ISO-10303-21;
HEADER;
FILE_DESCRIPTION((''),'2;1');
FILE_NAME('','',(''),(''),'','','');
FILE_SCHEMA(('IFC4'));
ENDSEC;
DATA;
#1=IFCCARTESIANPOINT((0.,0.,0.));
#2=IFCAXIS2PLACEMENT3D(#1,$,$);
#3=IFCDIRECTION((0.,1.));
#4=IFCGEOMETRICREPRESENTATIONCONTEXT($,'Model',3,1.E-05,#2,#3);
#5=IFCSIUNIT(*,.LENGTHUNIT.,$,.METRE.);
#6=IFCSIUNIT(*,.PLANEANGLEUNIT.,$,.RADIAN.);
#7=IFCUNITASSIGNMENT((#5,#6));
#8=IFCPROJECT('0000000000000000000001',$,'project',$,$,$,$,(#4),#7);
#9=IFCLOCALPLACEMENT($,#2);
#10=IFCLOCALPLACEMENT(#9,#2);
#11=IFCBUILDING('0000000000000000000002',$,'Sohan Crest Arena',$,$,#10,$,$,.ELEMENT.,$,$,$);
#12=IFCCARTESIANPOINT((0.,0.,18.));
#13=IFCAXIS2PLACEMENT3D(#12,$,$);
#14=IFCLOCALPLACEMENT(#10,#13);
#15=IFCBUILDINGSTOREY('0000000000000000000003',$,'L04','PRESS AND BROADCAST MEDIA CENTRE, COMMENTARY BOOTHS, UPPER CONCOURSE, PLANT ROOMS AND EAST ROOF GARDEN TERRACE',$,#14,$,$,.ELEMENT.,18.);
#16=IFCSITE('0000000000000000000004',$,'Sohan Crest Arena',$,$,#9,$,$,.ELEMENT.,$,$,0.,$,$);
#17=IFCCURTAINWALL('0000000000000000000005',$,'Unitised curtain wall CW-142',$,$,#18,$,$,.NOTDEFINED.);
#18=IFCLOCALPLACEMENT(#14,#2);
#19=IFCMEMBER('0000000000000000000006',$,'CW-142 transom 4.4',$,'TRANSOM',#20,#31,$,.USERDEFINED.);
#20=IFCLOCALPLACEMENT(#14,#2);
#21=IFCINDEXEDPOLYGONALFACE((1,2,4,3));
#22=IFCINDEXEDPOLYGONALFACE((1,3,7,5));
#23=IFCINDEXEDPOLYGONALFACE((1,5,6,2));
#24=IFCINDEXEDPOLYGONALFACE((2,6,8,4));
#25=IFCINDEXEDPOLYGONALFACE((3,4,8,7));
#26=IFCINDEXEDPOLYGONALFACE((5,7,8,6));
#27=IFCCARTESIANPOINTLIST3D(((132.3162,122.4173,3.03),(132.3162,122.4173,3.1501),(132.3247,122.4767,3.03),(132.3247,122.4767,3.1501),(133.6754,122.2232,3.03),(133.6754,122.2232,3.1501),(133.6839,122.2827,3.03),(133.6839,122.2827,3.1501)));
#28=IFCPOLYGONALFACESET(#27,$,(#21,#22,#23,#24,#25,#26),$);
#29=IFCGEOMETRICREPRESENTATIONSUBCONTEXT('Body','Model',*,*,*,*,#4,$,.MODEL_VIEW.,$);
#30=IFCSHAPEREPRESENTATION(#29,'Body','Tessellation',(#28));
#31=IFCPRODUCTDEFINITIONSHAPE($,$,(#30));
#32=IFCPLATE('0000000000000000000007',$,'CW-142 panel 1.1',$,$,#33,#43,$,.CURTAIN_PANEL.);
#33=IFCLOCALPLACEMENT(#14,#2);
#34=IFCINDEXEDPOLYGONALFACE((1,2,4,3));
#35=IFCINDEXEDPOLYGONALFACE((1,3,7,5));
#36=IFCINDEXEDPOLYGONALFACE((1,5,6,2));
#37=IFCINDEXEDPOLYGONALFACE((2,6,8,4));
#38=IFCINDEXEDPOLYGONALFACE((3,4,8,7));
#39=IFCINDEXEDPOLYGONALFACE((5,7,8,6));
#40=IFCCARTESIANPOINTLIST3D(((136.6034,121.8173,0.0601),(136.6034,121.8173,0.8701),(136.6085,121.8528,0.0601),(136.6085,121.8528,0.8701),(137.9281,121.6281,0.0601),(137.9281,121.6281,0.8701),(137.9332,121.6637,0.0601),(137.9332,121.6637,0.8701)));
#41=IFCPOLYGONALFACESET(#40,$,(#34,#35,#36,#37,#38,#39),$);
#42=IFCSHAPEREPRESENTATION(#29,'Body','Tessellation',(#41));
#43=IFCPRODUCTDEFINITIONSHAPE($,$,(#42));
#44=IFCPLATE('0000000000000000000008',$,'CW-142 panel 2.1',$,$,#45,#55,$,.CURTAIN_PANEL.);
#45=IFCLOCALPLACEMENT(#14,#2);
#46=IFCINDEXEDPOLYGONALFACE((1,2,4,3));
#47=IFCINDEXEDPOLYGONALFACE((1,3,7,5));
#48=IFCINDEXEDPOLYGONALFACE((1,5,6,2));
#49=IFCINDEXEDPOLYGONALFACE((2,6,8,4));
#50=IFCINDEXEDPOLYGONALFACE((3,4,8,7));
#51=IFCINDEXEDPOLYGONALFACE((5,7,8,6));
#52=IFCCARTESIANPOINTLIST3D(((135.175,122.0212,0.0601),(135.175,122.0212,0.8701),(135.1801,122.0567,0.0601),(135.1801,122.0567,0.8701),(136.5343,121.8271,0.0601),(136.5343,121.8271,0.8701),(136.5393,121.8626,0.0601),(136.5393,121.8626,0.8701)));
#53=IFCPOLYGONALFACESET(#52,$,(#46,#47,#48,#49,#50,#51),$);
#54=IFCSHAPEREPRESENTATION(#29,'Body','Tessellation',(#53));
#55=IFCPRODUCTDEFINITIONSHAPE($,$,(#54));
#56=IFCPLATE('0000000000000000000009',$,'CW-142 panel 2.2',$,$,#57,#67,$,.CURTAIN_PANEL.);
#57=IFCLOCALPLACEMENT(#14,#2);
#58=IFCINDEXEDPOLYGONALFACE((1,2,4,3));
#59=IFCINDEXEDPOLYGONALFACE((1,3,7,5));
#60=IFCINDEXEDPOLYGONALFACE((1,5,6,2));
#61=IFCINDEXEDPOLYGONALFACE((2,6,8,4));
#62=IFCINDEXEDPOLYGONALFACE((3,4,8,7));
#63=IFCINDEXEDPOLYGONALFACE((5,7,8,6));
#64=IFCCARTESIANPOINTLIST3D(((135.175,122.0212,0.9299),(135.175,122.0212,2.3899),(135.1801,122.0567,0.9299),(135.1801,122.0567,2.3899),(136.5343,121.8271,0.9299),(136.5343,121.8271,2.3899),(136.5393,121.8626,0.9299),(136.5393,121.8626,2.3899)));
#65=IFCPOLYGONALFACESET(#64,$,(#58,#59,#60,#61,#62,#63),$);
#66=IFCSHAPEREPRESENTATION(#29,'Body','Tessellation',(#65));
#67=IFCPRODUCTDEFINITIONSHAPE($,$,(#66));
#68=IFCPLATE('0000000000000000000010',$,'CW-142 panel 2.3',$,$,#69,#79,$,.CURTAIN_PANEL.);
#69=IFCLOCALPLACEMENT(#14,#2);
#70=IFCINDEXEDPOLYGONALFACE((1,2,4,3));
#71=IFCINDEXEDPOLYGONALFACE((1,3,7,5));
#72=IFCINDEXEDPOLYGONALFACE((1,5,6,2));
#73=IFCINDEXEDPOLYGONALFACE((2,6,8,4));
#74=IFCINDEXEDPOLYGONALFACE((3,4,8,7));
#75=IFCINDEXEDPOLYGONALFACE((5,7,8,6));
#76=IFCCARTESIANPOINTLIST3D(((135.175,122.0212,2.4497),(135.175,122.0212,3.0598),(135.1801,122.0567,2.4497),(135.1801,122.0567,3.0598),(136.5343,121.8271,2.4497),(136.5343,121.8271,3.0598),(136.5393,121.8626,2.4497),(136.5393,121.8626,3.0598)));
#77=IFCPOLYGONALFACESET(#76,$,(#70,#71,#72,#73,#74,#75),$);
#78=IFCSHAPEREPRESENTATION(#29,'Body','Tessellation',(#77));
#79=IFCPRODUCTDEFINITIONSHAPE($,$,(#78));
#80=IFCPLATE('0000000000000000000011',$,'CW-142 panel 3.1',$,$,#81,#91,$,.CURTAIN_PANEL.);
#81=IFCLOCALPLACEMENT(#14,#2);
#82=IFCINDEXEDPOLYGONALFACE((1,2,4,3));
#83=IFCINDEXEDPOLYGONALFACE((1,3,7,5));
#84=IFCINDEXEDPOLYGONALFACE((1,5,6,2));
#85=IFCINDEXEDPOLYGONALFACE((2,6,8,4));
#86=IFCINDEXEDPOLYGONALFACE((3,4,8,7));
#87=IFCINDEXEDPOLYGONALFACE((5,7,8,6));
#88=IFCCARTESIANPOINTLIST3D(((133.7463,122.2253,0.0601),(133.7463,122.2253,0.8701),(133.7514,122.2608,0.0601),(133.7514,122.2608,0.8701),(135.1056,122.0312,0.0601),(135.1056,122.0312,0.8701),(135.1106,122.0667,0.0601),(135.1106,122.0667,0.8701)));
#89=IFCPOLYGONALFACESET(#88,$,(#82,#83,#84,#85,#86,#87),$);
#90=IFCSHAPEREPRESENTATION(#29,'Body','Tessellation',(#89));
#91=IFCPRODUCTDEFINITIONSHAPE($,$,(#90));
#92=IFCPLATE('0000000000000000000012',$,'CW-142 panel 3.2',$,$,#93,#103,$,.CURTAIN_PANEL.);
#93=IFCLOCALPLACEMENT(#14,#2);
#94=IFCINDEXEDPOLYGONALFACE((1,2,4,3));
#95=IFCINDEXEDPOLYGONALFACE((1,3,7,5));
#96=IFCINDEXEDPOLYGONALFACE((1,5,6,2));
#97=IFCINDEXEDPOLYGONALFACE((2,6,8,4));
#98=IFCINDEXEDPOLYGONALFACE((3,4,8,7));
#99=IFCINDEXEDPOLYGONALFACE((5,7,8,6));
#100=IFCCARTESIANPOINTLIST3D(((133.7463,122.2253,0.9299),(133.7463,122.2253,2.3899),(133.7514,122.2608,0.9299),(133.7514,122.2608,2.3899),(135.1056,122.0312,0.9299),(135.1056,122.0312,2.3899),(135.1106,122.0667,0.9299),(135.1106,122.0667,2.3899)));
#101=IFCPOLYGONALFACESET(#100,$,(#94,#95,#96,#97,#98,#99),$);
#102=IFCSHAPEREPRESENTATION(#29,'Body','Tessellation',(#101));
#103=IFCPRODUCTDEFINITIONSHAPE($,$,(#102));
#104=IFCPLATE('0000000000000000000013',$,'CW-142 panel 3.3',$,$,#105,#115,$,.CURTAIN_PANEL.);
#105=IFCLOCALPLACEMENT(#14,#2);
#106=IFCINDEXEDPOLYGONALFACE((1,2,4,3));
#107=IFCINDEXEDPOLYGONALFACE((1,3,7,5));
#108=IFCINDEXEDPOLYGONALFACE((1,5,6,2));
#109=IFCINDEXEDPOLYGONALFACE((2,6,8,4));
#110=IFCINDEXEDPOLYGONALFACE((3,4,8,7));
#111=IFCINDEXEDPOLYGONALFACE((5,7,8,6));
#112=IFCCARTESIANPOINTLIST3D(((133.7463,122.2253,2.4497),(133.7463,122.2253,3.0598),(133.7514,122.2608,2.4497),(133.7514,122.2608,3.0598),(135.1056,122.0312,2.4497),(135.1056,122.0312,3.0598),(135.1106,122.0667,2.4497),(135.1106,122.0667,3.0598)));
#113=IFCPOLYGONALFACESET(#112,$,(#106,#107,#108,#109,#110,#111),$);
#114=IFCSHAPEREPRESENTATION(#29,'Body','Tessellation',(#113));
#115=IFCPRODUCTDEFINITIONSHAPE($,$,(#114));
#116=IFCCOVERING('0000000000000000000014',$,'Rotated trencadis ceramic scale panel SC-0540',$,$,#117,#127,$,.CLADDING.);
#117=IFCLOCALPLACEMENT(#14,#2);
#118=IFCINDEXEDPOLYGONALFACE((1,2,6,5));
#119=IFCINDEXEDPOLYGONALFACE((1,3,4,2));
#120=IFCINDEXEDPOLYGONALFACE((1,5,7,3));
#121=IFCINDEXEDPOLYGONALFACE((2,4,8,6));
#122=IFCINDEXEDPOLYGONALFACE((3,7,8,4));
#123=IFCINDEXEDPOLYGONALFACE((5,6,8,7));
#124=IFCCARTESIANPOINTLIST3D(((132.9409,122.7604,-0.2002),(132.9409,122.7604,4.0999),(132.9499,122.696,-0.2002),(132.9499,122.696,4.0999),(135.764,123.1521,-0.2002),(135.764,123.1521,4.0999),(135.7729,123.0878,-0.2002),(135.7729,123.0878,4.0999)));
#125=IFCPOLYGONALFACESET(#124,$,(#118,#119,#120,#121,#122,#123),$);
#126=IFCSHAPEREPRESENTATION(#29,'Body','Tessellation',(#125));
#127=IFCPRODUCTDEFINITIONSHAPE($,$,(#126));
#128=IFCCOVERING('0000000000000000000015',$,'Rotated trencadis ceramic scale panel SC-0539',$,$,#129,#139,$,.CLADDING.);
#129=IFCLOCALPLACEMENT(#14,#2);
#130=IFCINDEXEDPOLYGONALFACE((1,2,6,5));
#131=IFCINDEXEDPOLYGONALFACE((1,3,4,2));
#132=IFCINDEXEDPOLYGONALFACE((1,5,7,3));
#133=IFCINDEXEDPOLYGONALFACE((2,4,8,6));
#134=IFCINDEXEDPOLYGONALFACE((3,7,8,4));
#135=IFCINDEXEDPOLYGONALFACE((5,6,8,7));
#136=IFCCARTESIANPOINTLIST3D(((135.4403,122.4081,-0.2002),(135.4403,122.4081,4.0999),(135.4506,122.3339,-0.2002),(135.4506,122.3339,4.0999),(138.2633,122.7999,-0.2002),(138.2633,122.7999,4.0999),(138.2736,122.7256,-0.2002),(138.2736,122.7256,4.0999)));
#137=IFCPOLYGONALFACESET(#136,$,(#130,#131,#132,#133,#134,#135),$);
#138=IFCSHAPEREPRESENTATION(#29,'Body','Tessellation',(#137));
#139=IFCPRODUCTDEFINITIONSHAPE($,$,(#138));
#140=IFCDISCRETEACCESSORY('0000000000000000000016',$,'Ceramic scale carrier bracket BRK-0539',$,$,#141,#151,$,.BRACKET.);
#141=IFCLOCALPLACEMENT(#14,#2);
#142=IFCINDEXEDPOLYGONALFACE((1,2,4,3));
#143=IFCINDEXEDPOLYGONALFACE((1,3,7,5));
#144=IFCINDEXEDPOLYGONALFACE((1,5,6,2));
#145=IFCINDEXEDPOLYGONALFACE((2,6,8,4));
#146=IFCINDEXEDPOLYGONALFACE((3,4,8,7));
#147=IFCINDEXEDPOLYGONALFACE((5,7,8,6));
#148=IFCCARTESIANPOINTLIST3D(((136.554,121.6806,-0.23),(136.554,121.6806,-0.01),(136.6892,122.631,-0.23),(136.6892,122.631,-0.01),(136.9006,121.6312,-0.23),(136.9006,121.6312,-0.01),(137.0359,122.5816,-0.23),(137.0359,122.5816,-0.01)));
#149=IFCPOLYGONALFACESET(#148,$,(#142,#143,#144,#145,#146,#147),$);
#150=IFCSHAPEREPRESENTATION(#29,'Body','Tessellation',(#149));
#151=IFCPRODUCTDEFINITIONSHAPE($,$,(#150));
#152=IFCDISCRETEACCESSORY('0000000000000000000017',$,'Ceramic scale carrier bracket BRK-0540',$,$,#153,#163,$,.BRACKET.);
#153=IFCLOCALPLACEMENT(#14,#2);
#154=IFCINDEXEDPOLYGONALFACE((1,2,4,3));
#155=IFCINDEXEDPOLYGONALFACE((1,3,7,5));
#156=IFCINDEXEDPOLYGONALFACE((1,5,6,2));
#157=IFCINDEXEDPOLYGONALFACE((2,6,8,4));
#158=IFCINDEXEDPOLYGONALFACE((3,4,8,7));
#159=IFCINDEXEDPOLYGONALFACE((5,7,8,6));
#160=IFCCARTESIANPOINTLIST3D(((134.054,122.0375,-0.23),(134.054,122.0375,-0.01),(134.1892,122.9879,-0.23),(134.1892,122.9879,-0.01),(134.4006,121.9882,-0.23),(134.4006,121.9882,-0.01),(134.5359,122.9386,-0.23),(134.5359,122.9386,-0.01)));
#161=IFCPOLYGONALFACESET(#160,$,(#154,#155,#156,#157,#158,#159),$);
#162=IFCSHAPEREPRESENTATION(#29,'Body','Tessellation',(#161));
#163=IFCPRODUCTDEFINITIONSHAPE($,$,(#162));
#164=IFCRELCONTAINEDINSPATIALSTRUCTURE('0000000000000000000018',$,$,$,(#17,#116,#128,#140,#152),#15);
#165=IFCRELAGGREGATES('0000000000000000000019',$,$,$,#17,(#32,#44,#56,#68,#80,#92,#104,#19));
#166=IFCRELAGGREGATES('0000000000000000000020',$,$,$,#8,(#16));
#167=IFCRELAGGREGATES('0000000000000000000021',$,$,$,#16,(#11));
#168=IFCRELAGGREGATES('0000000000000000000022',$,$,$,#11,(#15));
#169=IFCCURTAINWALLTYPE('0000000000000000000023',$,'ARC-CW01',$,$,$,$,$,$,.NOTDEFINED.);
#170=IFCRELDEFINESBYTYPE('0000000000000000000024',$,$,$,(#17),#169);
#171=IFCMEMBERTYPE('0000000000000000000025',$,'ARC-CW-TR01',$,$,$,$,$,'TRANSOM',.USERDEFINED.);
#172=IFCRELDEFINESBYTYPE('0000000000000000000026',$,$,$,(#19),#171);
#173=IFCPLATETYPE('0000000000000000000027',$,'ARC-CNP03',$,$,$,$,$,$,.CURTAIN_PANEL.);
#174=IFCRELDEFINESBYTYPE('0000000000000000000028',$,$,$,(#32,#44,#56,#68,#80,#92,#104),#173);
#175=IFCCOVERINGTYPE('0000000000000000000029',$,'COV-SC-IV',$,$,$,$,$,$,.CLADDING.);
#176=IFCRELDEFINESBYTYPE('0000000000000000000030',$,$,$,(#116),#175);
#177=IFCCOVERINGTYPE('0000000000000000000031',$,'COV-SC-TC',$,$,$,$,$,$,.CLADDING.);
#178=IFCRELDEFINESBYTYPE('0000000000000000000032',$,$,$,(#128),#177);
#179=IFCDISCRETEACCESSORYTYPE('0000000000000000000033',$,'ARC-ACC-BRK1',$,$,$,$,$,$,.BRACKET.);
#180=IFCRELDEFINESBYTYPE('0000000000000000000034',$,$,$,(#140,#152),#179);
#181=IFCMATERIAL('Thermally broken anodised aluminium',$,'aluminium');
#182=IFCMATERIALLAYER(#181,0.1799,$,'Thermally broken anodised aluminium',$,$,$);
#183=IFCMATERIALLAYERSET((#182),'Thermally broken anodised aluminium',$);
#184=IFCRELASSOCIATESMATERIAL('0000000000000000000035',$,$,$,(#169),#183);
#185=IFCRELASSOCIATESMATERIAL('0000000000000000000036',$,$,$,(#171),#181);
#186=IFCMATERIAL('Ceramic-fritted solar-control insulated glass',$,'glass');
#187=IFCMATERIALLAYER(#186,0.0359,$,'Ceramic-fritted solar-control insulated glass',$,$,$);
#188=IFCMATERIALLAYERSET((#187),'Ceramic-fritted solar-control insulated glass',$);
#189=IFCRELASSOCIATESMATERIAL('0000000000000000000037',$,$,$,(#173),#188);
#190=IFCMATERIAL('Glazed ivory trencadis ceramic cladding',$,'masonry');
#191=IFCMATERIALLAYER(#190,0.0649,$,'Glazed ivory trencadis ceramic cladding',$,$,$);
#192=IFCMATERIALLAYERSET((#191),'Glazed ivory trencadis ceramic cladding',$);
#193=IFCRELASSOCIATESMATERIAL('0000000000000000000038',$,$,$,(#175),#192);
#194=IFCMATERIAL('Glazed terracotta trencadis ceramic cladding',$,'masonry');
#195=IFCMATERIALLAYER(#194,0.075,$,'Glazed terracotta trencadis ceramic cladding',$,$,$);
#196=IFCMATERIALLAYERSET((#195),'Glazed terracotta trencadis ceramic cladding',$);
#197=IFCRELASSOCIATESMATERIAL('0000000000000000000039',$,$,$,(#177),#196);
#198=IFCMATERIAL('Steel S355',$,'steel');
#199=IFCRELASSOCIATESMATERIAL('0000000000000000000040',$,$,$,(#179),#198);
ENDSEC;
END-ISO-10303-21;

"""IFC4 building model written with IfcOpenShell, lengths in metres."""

from ifc_helpers import new_model, si_unit, direction, frame, origin, origin_2d, place, context, subcontext, project, spatial, rectangle, extrude, material, layer, layer_set, material_profile, profile_set, type_object, element, aggregate, save


model = new_model("IFC4")

# Units and contexts
model_context = context("Model", 3, precision=1e-05, world=origin(), true_north=direction((0.0, 1.0)))
body_context = subcontext(model_context, "Body", "Model", "MODEL_VIEW")
ifc_project = project(units=[si_unit("LENGTHUNIT", "METRE"), si_unit("PLANEANGLEUNIT", "RADIAN")], contexts=[model_context])

# Site, building, storey
site_placement = place(None, origin())
site = spatial("IfcSite", under=ifc_project, at=site_placement, Name="Sohan Crest Arena", CompositionType="ELEMENT", RefElevation=0.0)
building_placement = place(site_placement, origin())
building = spatial("IfcBuilding", under=site, at=building_placement, Name="Sohan Crest Arena", CompositionType="ELEMENT")
storey_placement = place(building_placement, frame((0.0, 0.0, 18.0)))
storey = spatial("IfcBuildingStorey", under=building, at=storey_placement, Name="L04", Description="PRESS AND BROADCAST MEDIA CENTRE, COMMENTARY BOOTHS, UPPER CONCOURSE, PLANT ROOMS AND EAST ROOF GARDEN TERRACE", CompositionType="ELEMENT", Elevation=18.0)

# Curtain wall, member, plates
ifc_material_1 = material(Name="Thermally broken anodised aluminium", Category="aluminium")
ifc_layer_1 = layer(ifc_material_1, 0.1799, Name="Thermally broken anodised aluminium")
ifc_layer_set_1 = layer_set([ifc_layer_1], Name="Thermally broken anodised aluminium")
curtain_wall_type = type_object("IfcCurtainWallType", Name="ARC-CW01", PredefinedType="NOTDEFINED", material=ifc_layer_set_1)
curtain_wall_placement = place(storey_placement, origin())
curtain_wall = element("IfcCurtainWall", 1, at=curtain_wall_placement, inside=storey, type_object=curtain_wall_type, Name="Unitised curtain wall CW-142", PredefinedType="NOTDEFINED")
ifc_material_profile_1 = material_profile(ifc_material_1, rectangle(XDim=0.0601, YDim=0.1201, at=origin_2d()), Name="ALU-TRAN 60x120")
ifc_profile_set_1 = profile_set([ifc_material_profile_1], Name="Thermally broken anodised aluminium")
member_type_1 = type_object("IfcMemberType", Name="ARC-CW-TR01", ElementType="TRANSOM", PredefinedType="USERDEFINED", material=ifc_profile_set_1)
member_1_placement = place(storey_placement, frame((133.6797, 122.2529, 3.0901), z_axis=(-0.98996, 0.141347, 0.0), x_axis=(-0.141347, -0.98996, 0.0)))
member_1 = element("IfcMember", 2, at=member_1_placement, type_object=member_type_1, Name="CW-142 transom 4.4", ObjectType="TRANSOM", PredefinedType="USERDEFINED", context=body_context, shape_type="SweptSolid", body=[
    extrude(rectangle(XDim=0.0601, YDim=0.1201, at=origin_2d()), origin(), (0.0, 0.0, 1.0), 1.373),
])
ifc_material_2 = material(Name="Ceramic-fritted solar-control insulated glass", Category="glass")
ifc_layer_2 = layer(ifc_material_2, 0.0359, Name="Ceramic-fritted solar-control insulated glass")
ifc_layer_set_2 = layer_set([ifc_layer_2], Name="Ceramic-fritted solar-control insulated glass")
plate_type = type_object("IfcPlateType", Name="ARC-CNP03", PredefinedType="CURTAIN_PANEL", material=ifc_layer_set_2)
plate_1_placement = place(storey_placement, frame((137.2683, 121.7405, 0.0601), z_axis=(0.0, 0.0, 1.0), x_axis=(-0.989957, 0.141366, 0.0)))
plate_1 = element("IfcPlate", 3, at=plate_1_placement, type_object=plate_type, Name="CW-142 panel 1.1", PredefinedType="CURTAIN_PANEL", context=body_context, shape_type="SweptSolid", body=[
    extrude(rectangle(XDim=1.3381, YDim=0.0359, at=origin_2d()), origin(), (0.0, 0.0, 1.0), 0.8101),
])
plate_2_placement = place(storey_placement, frame((135.8572, 121.9419, 0.0601), z_axis=(0.0, 0.0, 1.0), x_axis=(-0.989957, 0.141366, 0.0)))
plate_2 = element("IfcPlate", 4, at=plate_2_placement, type_object=plate_type, Name="CW-142 panel 2.1", PredefinedType="CURTAIN_PANEL", context=body_context, shape_type="SweptSolid", body=[
    extrude(rectangle(XDim=1.373, YDim=0.0359, at=origin_2d()), origin(), (0.0, 0.0, 1.0), 0.8101),
])
plate_3_placement = place(storey_placement, frame((135.8572, 121.9419, 0.9299), z_axis=(0.0, 0.0, 1.0), x_axis=(-0.989957, 0.141366, 0.0)))
plate_3 = element("IfcPlate", 5, at=plate_3_placement, type_object=plate_type, Name="CW-142 panel 2.2", PredefinedType="CURTAIN_PANEL", context=body_context, shape_type="SweptSolid", body=[
    extrude(rectangle(XDim=1.373, YDim=0.0359, at=origin_2d()), origin(), (0.0, 0.0, 1.0), 1.46),
])
plate_4_placement = place(storey_placement, frame((135.8572, 121.9419, 2.4497), z_axis=(0.0, 0.0, 1.0), x_axis=(-0.989957, 0.141366, 0.0)))
plate_4 = element("IfcPlate", 6, at=plate_4_placement, type_object=plate_type, Name="CW-142 panel 2.3", PredefinedType="CURTAIN_PANEL", context=body_context, shape_type="SweptSolid", body=[
    extrude(rectangle(XDim=1.373, YDim=0.0359, at=origin_2d()), origin(), (0.0, 0.0, 1.0), 0.6101),
])
plate_5_placement = place(storey_placement, frame((134.4285, 122.146, 0.0601), z_axis=(0.0, 0.0, 1.0), x_axis=(-0.989957, 0.141366, 0.0)))
plate_5 = element("IfcPlate", 7, at=plate_5_placement, type_object=plate_type, Name="CW-142 panel 3.1", PredefinedType="CURTAIN_PANEL", context=body_context, shape_type="SweptSolid", body=[
    extrude(rectangle(XDim=1.373, YDim=0.0359, at=origin_2d()), origin(), (0.0, 0.0, 1.0), 0.8101),
])
plate_6_placement = place(storey_placement, frame((134.4285, 122.146, 0.9299), z_axis=(0.0, 0.0, 1.0), x_axis=(-0.989957, 0.141366, 0.0)))
plate_6 = element("IfcPlate", 8, at=plate_6_placement, type_object=plate_type, Name="CW-142 panel 3.2", PredefinedType="CURTAIN_PANEL", context=body_context, shape_type="SweptSolid", body=[
    extrude(rectangle(XDim=1.373, YDim=0.0359, at=origin_2d()), origin(), (0.0, 0.0, 1.0), 1.46),
])
plate_7_placement = place(storey_placement, frame((134.4285, 122.146, 2.4497), z_axis=(0.0, 0.0, 1.0), x_axis=(-0.989957, 0.141366, 0.0)))
plate_7 = element("IfcPlate", 9, at=plate_7_placement, type_object=plate_type, Name="CW-142 panel 3.3", PredefinedType="CURTAIN_PANEL", context=body_context, shape_type="SweptSolid", body=[
    extrude(rectangle(XDim=1.373, YDim=0.0359, at=origin_2d()), origin(), (0.0, 0.0, 1.0), 0.6101),
])
aggregate(curtain_wall, [plate_1, plate_2, plate_3, plate_4, plate_5, plate_6, plate_7, member_1])

# Coverings
ifc_material_3 = material(Name="Glazed ivory trencadis ceramic cladding", Category="masonry")
ifc_layer_3 = layer(ifc_material_3, 0.0649, Name="Glazed ivory trencadis ceramic cladding")
ifc_layer_set_3 = layer_set([ifc_layer_3], Name="Glazed ivory trencadis ceramic cladding")
covering_type_1 = type_object("IfcCoveringType", Name="COV-SC-IV", PredefinedType="CLADDING", material=ifc_layer_set_3)
covering_1_placement = place(storey_placement, frame((134.3569, 122.9241, -0.2002), z_axis=(0.0, 0.0, 1.0), x_axis=(-0.990509, -0.137445, 0.0)))
element("IfcCovering", 10, at=covering_1_placement, inside=storey, type_object=covering_type_1, Name="Rotated trencadis ceramic scale panel SC-0540", PredefinedType="CLADDING", context=body_context, shape_type="SweptSolid", body=[
    extrude(rectangle(XDim=2.8501, YDim=0.0649, at=origin_2d()), origin(), (0.0, 0.0, 1.0), 4.3),
])
ifc_material_4 = material(Name="Glazed terracotta trencadis ceramic cladding", Category="masonry")
ifc_layer_4 = layer(ifc_material_4, 0.075, Name="Glazed terracotta trencadis ceramic cladding")
ifc_layer_set_4 = layer_set([ifc_layer_4], Name="Glazed terracotta trencadis ceramic cladding")
covering_type_2 = type_object("IfcCoveringType", Name="COV-SC-TC", PredefinedType="CLADDING", material=ifc_layer_set_4)
covering_2_placement = place(storey_placement, frame((136.8569, 122.5669, -0.2002), z_axis=(0.0, 0.0, 1.0), x_axis=(-0.990509, -0.137445, 0.0)))
element("IfcCovering", 11, at=covering_2_placement, inside=storey, type_object=covering_type_2, Name="Rotated trencadis ceramic scale panel SC-0539", PredefinedType="CLADDING", context=body_context, shape_type="SweptSolid", body=[
    extrude(rectangle(XDim=2.8501, YDim=0.075, at=origin_2d()), origin(), (0.0, 0.0, 1.0), 4.3),
])

# Discrete accessories
ifc_material_5 = material(Name="Steel S355", Category="steel")
discrete_accessory_type = type_object("IfcDiscreteAccessoryType", Name="ARC-ACC-BRK1", PredefinedType="BRACKET", material=ifc_material_5)
for number, where, z_axis, x_axis, name in (
    (12, (136.7949, 122.1311, -0.23), (0.0, 0.0, 1.0), (-0.990024, 0.140901, 0.0), "Ceramic scale carrier bracket BRK-0539"),
    (13, (134.2949, 122.488, -0.23), (0.0, 0.0, 1.0), (-0.990024, 0.140901, 0.0), "Ceramic scale carrier bracket BRK-0540"),
):
    element("IfcDiscreteAccessory", number, at=place(storey_placement, frame(where, z_axis=z_axis, x_axis=x_axis)), inside=storey, type_object=discrete_accessory_type, Name=name, PredefinedType="BRACKET", context=body_context, shape_type="SweptSolid", body=[
        extrude(rectangle(XDim=0.3501, YDim=0.96, at=origin_2d()), origin(), (0.0, 0.0, 1.0), 0.22),
    ])

save(model, "model.ifc")
